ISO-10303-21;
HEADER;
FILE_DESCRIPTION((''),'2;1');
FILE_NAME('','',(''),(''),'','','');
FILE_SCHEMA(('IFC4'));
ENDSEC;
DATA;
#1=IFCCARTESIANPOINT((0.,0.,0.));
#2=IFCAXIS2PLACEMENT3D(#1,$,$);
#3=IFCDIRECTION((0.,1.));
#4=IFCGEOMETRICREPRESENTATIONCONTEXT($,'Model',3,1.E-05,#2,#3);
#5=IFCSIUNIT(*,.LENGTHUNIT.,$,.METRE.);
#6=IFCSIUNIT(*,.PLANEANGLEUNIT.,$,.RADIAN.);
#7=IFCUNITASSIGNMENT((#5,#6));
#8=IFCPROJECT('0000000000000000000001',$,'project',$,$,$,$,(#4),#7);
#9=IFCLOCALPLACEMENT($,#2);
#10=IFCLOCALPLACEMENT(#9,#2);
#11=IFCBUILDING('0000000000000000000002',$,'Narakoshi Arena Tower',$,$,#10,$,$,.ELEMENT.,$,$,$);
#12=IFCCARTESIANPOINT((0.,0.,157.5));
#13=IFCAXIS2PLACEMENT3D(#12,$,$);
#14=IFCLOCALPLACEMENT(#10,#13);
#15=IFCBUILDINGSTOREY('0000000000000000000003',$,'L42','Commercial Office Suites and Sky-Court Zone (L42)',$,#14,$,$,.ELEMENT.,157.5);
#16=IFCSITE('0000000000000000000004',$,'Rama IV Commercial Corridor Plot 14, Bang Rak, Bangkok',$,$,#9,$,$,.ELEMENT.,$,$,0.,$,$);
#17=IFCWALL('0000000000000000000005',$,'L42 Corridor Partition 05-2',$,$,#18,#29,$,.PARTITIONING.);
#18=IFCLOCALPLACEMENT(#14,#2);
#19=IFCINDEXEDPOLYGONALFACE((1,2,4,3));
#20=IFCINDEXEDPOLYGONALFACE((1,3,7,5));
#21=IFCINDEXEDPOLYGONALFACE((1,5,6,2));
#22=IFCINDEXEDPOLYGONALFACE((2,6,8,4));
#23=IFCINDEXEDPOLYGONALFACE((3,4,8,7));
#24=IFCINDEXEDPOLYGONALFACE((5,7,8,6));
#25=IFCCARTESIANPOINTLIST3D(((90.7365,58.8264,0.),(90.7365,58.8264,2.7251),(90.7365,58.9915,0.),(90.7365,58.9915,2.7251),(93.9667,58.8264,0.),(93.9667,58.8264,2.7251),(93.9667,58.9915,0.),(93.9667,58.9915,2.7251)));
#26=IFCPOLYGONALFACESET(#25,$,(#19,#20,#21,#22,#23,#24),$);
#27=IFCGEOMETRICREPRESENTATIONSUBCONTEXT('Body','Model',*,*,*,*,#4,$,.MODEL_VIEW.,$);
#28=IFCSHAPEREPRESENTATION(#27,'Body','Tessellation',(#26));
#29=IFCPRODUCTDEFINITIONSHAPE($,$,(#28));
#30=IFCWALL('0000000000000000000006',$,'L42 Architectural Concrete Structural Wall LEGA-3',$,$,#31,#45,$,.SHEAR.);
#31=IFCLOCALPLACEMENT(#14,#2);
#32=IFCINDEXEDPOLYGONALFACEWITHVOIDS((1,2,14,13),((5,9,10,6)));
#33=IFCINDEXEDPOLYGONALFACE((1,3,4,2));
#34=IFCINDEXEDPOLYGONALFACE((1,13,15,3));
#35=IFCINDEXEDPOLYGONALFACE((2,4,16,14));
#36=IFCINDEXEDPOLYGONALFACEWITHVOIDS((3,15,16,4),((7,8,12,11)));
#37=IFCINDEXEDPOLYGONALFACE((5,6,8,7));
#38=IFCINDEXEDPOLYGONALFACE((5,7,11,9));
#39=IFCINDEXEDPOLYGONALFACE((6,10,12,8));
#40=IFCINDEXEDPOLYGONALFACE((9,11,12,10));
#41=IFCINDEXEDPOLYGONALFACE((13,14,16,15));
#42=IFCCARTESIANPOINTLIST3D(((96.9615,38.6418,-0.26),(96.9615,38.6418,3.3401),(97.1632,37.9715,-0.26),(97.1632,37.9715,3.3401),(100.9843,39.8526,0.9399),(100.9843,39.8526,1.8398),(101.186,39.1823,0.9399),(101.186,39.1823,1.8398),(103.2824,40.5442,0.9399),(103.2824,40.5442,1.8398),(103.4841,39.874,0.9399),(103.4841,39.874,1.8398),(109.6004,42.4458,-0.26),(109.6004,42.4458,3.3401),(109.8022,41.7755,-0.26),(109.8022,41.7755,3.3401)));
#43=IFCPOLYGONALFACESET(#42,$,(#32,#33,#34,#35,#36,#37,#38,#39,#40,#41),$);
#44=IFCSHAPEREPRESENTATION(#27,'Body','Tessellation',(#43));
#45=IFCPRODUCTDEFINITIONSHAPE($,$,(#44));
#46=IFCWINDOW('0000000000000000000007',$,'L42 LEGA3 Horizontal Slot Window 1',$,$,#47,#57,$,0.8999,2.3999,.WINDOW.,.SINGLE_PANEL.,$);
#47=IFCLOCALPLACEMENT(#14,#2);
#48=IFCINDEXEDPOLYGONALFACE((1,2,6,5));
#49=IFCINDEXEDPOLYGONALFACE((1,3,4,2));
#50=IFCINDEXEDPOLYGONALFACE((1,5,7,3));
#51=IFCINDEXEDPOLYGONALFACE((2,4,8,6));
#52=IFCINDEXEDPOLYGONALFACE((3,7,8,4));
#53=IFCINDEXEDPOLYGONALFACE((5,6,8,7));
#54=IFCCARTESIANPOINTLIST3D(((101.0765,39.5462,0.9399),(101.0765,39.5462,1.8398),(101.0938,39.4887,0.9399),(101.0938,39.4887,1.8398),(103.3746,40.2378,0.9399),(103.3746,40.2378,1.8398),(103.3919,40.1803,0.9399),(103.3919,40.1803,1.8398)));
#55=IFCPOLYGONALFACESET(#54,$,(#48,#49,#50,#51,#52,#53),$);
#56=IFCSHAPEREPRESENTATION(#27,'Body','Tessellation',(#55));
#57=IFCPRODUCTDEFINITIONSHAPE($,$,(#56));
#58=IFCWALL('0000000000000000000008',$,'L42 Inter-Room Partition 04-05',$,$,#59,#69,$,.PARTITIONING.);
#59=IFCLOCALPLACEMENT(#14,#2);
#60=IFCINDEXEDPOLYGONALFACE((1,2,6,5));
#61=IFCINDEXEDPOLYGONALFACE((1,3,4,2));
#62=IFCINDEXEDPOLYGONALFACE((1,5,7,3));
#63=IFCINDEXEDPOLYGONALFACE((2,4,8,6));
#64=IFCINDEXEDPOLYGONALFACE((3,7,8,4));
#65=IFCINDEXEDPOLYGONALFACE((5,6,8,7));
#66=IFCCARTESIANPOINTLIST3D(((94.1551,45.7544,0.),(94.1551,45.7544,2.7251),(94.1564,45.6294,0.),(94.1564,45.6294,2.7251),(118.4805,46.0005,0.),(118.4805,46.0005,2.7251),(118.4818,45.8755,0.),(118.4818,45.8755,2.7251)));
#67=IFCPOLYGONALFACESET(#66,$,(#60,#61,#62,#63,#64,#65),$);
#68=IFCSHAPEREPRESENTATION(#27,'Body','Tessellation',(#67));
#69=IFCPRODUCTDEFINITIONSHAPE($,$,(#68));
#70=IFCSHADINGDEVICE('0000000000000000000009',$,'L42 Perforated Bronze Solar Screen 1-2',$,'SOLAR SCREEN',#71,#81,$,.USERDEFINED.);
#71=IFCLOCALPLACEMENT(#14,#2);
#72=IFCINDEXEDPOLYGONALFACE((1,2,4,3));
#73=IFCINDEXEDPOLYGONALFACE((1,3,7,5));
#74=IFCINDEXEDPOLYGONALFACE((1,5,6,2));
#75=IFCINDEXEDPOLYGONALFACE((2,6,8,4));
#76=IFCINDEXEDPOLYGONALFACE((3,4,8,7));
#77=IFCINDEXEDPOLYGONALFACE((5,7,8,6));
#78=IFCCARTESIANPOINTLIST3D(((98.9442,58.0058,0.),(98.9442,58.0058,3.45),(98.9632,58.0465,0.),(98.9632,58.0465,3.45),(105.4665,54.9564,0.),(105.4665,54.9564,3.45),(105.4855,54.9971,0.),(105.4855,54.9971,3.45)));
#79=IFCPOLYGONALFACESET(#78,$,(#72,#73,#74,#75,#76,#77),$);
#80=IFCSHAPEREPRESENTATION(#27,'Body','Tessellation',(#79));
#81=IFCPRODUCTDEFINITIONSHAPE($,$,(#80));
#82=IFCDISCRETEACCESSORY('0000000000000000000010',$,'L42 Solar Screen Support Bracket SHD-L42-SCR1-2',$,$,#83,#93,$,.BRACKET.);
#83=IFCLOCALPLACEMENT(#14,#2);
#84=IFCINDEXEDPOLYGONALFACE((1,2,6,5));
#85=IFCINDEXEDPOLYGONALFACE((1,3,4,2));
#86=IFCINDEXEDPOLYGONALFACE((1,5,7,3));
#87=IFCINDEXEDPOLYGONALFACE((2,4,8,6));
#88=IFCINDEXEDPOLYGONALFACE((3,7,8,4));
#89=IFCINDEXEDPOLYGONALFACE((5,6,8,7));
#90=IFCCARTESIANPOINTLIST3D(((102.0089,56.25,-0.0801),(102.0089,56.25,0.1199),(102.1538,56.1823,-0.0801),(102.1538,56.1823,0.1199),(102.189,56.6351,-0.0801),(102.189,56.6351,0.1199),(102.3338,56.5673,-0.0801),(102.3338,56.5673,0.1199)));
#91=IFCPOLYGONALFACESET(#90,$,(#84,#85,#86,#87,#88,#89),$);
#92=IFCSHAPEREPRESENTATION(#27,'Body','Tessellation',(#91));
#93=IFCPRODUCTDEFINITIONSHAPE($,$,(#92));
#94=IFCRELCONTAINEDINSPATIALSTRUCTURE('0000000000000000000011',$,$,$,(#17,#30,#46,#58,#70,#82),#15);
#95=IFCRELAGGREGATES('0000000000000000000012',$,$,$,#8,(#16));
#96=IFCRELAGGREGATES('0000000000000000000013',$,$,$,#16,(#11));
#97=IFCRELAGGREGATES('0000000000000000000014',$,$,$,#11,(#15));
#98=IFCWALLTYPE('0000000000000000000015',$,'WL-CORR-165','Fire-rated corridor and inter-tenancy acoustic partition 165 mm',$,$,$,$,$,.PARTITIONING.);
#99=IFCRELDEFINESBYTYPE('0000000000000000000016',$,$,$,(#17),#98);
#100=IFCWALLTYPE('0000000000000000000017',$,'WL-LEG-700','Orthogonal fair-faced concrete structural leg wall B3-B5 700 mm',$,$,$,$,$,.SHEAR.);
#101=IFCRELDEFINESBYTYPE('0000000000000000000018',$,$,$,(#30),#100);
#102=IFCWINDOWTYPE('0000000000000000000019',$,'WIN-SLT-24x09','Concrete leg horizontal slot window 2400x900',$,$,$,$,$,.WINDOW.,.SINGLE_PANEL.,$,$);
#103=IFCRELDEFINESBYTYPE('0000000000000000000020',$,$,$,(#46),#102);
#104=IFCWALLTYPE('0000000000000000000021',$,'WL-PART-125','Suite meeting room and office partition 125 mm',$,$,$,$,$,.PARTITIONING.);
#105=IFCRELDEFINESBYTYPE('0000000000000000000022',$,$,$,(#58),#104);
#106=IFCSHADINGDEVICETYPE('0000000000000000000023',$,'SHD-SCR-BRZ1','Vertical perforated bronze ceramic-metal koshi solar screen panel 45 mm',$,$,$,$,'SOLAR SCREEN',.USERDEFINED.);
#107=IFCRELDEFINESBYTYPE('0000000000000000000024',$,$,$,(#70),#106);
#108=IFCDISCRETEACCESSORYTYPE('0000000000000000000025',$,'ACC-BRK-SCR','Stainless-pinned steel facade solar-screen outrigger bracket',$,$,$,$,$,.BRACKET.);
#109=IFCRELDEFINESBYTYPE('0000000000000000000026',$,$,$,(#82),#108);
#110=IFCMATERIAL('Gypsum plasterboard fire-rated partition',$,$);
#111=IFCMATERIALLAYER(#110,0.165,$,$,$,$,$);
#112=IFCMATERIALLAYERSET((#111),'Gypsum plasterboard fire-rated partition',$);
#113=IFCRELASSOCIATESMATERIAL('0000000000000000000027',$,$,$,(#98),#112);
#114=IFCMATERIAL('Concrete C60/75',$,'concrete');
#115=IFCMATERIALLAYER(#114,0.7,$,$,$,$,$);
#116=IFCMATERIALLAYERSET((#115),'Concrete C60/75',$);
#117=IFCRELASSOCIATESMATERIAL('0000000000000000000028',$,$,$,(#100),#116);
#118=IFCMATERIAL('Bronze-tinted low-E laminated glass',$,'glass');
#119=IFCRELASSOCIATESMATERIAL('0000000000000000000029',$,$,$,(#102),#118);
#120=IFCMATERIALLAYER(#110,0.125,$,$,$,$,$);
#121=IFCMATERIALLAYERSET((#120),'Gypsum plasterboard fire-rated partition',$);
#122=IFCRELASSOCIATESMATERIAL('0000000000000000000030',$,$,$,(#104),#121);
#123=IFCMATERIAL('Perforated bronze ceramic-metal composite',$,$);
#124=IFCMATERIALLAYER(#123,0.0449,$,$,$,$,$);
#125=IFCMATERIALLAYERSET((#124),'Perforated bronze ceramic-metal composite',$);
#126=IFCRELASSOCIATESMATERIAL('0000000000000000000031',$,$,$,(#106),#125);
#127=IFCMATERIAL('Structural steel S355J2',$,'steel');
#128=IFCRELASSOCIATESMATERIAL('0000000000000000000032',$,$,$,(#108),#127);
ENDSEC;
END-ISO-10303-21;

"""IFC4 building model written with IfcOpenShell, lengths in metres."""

from ifc_helpers import new_model, si_unit, direction, frame, frame_2d, origin, origin_2d, place, context, subcontext, project, spatial, rectangle, extrude, material, layer, layer_set, type_object, element, fill, save


model = new_model("IFC4")

# Units and contexts
model_context = context("Model", 3, precision=1e-05, world=origin(), true_north=direction((0.0, 1.0)))
body_context = subcontext(model_context, "Body", "Model", "MODEL_VIEW")
ifc_project = project(units=[si_unit("LENGTHUNIT", "METRE"), si_unit("PLANEANGLEUNIT", "RADIAN")], contexts=[model_context])

# Site, building, storey
site_placement = place(None, origin())
site = spatial("IfcSite", under=ifc_project, at=site_placement, Name="Rama IV Commercial Corridor Plot 14, Bang Rak, Bangkok", CompositionType="ELEMENT", RefElevation=0.0)
building_placement = place(site_placement, origin())
building = spatial("IfcBuilding", under=site, at=building_placement, Name="Narakoshi Arena Tower", CompositionType="ELEMENT")
storey_placement = place(building_placement, frame((0.0, 0.0, 157.5)))
storey = spatial("IfcBuildingStorey", under=building, at=storey_placement, Name="L42", Description="Commercial Office Suites and Sky-Court Zone (L42)", CompositionType="ELEMENT", Elevation=157.5)

# Shared definitions
ifc_material_1 = material(Name="Concrete C60/75", Category="concrete")

# Shared definitions
ifc_material_2 = material(Name="Structural steel S355J2", Category="steel")

# Shared definitions
ifc_material_3 = material(Name="Bronze-tinted low-E laminated glass", Category="glass")

# Shared definitions
ifc_material_4 = material(Name="Gypsum plasterboard fire-rated partition")
ifc_layer_1 = layer(ifc_material_4, 0.165)
ifc_layer_set_1 = layer_set([ifc_layer_1], Name="Gypsum plasterboard fire-rated partition")
wall_type_1 = type_object("IfcWallType", Name="WL-CORR-165", Description="Fire-rated corridor and inter-tenancy acoustic partition 165 mm", PredefinedType="PARTITIONING", material=ifc_layer_set_1)

# Wall
wall_1_placement = place(storey_placement, frame((93.9668, 58.9089, 0.0), z_axis=(0.0, 0.0, 1.0), x_axis=(-1.0, 0.0, 0.0)))
element("IfcWall", 1, at=wall_1_placement, inside=storey, type_object=wall_type_1, Name="L42 Corridor Partition 05-2", PredefinedType="PARTITIONING", context=body_context, shape_type="SweptSolid", body=[
    extrude(rectangle(XDim=3.2302, YDim=0.165, at=frame_2d((1.6152, 0.0))), origin(), (0.0, 0.0, 1.0), 2.7251),
])

# Wall, opening, window
ifc_layer_2 = layer(ifc_material_1, 0.7)
ifc_layer_set_2 = layer_set([ifc_layer_2], Name="Concrete C60/75")
wall_type_2 = type_object("IfcWallType", Name="WL-LEG-700", Description="Orthogonal fair-faced concrete structural leg wall B3-B5 700 mm", PredefinedType="SHEAR", material=ifc_layer_set_2)
wall_2_placement = place(storey_placement, frame((97.0623, 38.3066, -0.26), z_axis=(0.0, 0.0, 1.0), x_axis=(0.95757, 0.288201, 0.0)))
wall_2 = element("IfcWall", 2, at=wall_2_placement, inside=storey, type_object=wall_type_2, Name="L42 Architectural Concrete Structural Wall LEGA-3", PredefinedType="SHEAR", context=body_context, shape_type="SweptSolid", body=[
    extrude(rectangle(XDim=13.199, YDim=0.7, at=frame_2d((6.5996, 0.0))), origin(), (0.0, 0.0, 1.0), 3.6001),
])
opening_1_placement = place(wall_2_placement, frame((4.2012, 0.0, 1.2)))
opening_1 = element("IfcOpeningElement", 3, at=opening_1_placement, cuts=wall_2, PredefinedType="OPENING", context=body_context, shape_type="SweptSolid", body=[
    extrude(rectangle(XDim=2.3999, YDim=0.8999, at=frame_2d((1.2, 0.45))), frame((0.0, 0.3599, 0.0), z_axis=(0.0, -1.0, 0.0), x_axis=(1.0, 0.0, 0.0)), (0.0, 0.0, 1.0), 0.72),
])
window_type = type_object("IfcWindowType", Name="WIN-SLT-24x09", Description="Concrete leg horizontal slot window 2400x900", PartitioningType="SINGLE_PANEL", PredefinedType="WINDOW", material=ifc_material_3)
window_placement = place(opening_1_placement, origin())
window = element("IfcWindow", 4, at=window_placement, inside=storey, type_object=window_type, Name="L42 LEGA3 Horizontal Slot Window 1", OverallHeight=0.8999, OverallWidth=2.3999, PartitioningType="SINGLE_PANEL", PredefinedType="WINDOW", context=body_context, shape_type="SweptSolid", body=[
    extrude(rectangle(XDim=2.3999, YDim=0.8999, at=frame_2d((1.2, 0.45))), frame((0.0, 0.03, 0.0), z_axis=(0.0, -1.0, 0.0), x_axis=(1.0, 0.0, 0.0)), (0.0, 0.0, 1.0), 0.0601),
])
fill(opening_1, window)

# Wall
ifc_layer_3 = layer(ifc_material_4, 0.125)
ifc_layer_set_3 = layer_set([ifc_layer_3], Name="Gypsum plasterboard fire-rated partition")
wall_type_3 = type_object("IfcWallType", Name="WL-PART-125", Description="Suite meeting room and office partition 125 mm", PredefinedType="PARTITIONING", material=ifc_layer_set_3)
wall_3_placement = place(storey_placement, frame((94.1558, 45.6919, 0.0), z_axis=(0.0, 0.0, 1.0), x_axis=(0.999949, 0.010116, 0.0)))
element("IfcWall", 5, at=wall_3_placement, inside=storey, type_object=wall_type_3, Name="L42 Inter-Room Partition 04-05", PredefinedType="PARTITIONING", context=body_context, shape_type="SweptSolid", body=[
    extrude(rectangle(XDim=24.3267, YDim=0.125, at=frame_2d((12.1633, 0.0))), origin(), (0.0, 0.0, 1.0), 2.7251),
])

# Shading device
ifc_material_5 = material(Name="Perforated bronze ceramic-metal composite")
ifc_layer_4 = layer(ifc_material_5, 0.0449)
ifc_layer_set_4 = layer_set([ifc_layer_4], Name="Perforated bronze ceramic-metal composite")
shading_device_type = type_object("IfcShadingDeviceType", Name="SHD-SCR-BRZ1", Description="Vertical perforated bronze ceramic-metal koshi solar screen panel 45 mm", ElementType="SOLAR SCREEN", PredefinedType="USERDEFINED", material=ifc_layer_set_4)
shading_device_placement = place(storey_placement, frame((102.2148, 56.5015, 0.0), z_axis=(0.0, 0.0, 1.0), x_axis=(-0.90588, 0.423535, 0.0)))
element("IfcShadingDevice", 6, at=shading_device_placement, inside=storey, type_object=shading_device_type, Name="L42 Perforated Bronze Solar Screen 1-2", ObjectType="SOLAR SCREEN", PredefinedType="USERDEFINED", context=body_context, shape_type="SweptSolid", body=[
    extrude(rectangle(XDim=7.2, YDim=0.0449, at=origin_2d()), origin(), (0.0, 0.0, 1.0), 3.45),
])

# Discrete accessory
discrete_accessory_type = type_object("IfcDiscreteAccessoryType", Name="ACC-BRK-SCR", Description="Stainless-pinned steel facade solar-screen outrigger bracket", PredefinedType="BRACKET", material=ifc_material_2)
discrete_accessory_placement = place(storey_placement, frame((102.1714, 56.4087, -0.0801), z_axis=(0.0, 0.0, 1.0), x_axis=(-0.90588, 0.423535, 0.0)))
element("IfcDiscreteAccessory", 7, at=discrete_accessory_placement, inside=storey, type_object=discrete_accessory_type, Name="L42 Solar Screen Support Bracket SHD-L42-SCR1-2", PredefinedType="BRACKET", context=body_context, shape_type="SweptSolid", body=[
    extrude(rectangle(XDim=0.1599, YDim=0.425, at=origin_2d()), origin(), (0.0, 0.0, 1.0), 0.2),
])

save(model, "model.ifc")
